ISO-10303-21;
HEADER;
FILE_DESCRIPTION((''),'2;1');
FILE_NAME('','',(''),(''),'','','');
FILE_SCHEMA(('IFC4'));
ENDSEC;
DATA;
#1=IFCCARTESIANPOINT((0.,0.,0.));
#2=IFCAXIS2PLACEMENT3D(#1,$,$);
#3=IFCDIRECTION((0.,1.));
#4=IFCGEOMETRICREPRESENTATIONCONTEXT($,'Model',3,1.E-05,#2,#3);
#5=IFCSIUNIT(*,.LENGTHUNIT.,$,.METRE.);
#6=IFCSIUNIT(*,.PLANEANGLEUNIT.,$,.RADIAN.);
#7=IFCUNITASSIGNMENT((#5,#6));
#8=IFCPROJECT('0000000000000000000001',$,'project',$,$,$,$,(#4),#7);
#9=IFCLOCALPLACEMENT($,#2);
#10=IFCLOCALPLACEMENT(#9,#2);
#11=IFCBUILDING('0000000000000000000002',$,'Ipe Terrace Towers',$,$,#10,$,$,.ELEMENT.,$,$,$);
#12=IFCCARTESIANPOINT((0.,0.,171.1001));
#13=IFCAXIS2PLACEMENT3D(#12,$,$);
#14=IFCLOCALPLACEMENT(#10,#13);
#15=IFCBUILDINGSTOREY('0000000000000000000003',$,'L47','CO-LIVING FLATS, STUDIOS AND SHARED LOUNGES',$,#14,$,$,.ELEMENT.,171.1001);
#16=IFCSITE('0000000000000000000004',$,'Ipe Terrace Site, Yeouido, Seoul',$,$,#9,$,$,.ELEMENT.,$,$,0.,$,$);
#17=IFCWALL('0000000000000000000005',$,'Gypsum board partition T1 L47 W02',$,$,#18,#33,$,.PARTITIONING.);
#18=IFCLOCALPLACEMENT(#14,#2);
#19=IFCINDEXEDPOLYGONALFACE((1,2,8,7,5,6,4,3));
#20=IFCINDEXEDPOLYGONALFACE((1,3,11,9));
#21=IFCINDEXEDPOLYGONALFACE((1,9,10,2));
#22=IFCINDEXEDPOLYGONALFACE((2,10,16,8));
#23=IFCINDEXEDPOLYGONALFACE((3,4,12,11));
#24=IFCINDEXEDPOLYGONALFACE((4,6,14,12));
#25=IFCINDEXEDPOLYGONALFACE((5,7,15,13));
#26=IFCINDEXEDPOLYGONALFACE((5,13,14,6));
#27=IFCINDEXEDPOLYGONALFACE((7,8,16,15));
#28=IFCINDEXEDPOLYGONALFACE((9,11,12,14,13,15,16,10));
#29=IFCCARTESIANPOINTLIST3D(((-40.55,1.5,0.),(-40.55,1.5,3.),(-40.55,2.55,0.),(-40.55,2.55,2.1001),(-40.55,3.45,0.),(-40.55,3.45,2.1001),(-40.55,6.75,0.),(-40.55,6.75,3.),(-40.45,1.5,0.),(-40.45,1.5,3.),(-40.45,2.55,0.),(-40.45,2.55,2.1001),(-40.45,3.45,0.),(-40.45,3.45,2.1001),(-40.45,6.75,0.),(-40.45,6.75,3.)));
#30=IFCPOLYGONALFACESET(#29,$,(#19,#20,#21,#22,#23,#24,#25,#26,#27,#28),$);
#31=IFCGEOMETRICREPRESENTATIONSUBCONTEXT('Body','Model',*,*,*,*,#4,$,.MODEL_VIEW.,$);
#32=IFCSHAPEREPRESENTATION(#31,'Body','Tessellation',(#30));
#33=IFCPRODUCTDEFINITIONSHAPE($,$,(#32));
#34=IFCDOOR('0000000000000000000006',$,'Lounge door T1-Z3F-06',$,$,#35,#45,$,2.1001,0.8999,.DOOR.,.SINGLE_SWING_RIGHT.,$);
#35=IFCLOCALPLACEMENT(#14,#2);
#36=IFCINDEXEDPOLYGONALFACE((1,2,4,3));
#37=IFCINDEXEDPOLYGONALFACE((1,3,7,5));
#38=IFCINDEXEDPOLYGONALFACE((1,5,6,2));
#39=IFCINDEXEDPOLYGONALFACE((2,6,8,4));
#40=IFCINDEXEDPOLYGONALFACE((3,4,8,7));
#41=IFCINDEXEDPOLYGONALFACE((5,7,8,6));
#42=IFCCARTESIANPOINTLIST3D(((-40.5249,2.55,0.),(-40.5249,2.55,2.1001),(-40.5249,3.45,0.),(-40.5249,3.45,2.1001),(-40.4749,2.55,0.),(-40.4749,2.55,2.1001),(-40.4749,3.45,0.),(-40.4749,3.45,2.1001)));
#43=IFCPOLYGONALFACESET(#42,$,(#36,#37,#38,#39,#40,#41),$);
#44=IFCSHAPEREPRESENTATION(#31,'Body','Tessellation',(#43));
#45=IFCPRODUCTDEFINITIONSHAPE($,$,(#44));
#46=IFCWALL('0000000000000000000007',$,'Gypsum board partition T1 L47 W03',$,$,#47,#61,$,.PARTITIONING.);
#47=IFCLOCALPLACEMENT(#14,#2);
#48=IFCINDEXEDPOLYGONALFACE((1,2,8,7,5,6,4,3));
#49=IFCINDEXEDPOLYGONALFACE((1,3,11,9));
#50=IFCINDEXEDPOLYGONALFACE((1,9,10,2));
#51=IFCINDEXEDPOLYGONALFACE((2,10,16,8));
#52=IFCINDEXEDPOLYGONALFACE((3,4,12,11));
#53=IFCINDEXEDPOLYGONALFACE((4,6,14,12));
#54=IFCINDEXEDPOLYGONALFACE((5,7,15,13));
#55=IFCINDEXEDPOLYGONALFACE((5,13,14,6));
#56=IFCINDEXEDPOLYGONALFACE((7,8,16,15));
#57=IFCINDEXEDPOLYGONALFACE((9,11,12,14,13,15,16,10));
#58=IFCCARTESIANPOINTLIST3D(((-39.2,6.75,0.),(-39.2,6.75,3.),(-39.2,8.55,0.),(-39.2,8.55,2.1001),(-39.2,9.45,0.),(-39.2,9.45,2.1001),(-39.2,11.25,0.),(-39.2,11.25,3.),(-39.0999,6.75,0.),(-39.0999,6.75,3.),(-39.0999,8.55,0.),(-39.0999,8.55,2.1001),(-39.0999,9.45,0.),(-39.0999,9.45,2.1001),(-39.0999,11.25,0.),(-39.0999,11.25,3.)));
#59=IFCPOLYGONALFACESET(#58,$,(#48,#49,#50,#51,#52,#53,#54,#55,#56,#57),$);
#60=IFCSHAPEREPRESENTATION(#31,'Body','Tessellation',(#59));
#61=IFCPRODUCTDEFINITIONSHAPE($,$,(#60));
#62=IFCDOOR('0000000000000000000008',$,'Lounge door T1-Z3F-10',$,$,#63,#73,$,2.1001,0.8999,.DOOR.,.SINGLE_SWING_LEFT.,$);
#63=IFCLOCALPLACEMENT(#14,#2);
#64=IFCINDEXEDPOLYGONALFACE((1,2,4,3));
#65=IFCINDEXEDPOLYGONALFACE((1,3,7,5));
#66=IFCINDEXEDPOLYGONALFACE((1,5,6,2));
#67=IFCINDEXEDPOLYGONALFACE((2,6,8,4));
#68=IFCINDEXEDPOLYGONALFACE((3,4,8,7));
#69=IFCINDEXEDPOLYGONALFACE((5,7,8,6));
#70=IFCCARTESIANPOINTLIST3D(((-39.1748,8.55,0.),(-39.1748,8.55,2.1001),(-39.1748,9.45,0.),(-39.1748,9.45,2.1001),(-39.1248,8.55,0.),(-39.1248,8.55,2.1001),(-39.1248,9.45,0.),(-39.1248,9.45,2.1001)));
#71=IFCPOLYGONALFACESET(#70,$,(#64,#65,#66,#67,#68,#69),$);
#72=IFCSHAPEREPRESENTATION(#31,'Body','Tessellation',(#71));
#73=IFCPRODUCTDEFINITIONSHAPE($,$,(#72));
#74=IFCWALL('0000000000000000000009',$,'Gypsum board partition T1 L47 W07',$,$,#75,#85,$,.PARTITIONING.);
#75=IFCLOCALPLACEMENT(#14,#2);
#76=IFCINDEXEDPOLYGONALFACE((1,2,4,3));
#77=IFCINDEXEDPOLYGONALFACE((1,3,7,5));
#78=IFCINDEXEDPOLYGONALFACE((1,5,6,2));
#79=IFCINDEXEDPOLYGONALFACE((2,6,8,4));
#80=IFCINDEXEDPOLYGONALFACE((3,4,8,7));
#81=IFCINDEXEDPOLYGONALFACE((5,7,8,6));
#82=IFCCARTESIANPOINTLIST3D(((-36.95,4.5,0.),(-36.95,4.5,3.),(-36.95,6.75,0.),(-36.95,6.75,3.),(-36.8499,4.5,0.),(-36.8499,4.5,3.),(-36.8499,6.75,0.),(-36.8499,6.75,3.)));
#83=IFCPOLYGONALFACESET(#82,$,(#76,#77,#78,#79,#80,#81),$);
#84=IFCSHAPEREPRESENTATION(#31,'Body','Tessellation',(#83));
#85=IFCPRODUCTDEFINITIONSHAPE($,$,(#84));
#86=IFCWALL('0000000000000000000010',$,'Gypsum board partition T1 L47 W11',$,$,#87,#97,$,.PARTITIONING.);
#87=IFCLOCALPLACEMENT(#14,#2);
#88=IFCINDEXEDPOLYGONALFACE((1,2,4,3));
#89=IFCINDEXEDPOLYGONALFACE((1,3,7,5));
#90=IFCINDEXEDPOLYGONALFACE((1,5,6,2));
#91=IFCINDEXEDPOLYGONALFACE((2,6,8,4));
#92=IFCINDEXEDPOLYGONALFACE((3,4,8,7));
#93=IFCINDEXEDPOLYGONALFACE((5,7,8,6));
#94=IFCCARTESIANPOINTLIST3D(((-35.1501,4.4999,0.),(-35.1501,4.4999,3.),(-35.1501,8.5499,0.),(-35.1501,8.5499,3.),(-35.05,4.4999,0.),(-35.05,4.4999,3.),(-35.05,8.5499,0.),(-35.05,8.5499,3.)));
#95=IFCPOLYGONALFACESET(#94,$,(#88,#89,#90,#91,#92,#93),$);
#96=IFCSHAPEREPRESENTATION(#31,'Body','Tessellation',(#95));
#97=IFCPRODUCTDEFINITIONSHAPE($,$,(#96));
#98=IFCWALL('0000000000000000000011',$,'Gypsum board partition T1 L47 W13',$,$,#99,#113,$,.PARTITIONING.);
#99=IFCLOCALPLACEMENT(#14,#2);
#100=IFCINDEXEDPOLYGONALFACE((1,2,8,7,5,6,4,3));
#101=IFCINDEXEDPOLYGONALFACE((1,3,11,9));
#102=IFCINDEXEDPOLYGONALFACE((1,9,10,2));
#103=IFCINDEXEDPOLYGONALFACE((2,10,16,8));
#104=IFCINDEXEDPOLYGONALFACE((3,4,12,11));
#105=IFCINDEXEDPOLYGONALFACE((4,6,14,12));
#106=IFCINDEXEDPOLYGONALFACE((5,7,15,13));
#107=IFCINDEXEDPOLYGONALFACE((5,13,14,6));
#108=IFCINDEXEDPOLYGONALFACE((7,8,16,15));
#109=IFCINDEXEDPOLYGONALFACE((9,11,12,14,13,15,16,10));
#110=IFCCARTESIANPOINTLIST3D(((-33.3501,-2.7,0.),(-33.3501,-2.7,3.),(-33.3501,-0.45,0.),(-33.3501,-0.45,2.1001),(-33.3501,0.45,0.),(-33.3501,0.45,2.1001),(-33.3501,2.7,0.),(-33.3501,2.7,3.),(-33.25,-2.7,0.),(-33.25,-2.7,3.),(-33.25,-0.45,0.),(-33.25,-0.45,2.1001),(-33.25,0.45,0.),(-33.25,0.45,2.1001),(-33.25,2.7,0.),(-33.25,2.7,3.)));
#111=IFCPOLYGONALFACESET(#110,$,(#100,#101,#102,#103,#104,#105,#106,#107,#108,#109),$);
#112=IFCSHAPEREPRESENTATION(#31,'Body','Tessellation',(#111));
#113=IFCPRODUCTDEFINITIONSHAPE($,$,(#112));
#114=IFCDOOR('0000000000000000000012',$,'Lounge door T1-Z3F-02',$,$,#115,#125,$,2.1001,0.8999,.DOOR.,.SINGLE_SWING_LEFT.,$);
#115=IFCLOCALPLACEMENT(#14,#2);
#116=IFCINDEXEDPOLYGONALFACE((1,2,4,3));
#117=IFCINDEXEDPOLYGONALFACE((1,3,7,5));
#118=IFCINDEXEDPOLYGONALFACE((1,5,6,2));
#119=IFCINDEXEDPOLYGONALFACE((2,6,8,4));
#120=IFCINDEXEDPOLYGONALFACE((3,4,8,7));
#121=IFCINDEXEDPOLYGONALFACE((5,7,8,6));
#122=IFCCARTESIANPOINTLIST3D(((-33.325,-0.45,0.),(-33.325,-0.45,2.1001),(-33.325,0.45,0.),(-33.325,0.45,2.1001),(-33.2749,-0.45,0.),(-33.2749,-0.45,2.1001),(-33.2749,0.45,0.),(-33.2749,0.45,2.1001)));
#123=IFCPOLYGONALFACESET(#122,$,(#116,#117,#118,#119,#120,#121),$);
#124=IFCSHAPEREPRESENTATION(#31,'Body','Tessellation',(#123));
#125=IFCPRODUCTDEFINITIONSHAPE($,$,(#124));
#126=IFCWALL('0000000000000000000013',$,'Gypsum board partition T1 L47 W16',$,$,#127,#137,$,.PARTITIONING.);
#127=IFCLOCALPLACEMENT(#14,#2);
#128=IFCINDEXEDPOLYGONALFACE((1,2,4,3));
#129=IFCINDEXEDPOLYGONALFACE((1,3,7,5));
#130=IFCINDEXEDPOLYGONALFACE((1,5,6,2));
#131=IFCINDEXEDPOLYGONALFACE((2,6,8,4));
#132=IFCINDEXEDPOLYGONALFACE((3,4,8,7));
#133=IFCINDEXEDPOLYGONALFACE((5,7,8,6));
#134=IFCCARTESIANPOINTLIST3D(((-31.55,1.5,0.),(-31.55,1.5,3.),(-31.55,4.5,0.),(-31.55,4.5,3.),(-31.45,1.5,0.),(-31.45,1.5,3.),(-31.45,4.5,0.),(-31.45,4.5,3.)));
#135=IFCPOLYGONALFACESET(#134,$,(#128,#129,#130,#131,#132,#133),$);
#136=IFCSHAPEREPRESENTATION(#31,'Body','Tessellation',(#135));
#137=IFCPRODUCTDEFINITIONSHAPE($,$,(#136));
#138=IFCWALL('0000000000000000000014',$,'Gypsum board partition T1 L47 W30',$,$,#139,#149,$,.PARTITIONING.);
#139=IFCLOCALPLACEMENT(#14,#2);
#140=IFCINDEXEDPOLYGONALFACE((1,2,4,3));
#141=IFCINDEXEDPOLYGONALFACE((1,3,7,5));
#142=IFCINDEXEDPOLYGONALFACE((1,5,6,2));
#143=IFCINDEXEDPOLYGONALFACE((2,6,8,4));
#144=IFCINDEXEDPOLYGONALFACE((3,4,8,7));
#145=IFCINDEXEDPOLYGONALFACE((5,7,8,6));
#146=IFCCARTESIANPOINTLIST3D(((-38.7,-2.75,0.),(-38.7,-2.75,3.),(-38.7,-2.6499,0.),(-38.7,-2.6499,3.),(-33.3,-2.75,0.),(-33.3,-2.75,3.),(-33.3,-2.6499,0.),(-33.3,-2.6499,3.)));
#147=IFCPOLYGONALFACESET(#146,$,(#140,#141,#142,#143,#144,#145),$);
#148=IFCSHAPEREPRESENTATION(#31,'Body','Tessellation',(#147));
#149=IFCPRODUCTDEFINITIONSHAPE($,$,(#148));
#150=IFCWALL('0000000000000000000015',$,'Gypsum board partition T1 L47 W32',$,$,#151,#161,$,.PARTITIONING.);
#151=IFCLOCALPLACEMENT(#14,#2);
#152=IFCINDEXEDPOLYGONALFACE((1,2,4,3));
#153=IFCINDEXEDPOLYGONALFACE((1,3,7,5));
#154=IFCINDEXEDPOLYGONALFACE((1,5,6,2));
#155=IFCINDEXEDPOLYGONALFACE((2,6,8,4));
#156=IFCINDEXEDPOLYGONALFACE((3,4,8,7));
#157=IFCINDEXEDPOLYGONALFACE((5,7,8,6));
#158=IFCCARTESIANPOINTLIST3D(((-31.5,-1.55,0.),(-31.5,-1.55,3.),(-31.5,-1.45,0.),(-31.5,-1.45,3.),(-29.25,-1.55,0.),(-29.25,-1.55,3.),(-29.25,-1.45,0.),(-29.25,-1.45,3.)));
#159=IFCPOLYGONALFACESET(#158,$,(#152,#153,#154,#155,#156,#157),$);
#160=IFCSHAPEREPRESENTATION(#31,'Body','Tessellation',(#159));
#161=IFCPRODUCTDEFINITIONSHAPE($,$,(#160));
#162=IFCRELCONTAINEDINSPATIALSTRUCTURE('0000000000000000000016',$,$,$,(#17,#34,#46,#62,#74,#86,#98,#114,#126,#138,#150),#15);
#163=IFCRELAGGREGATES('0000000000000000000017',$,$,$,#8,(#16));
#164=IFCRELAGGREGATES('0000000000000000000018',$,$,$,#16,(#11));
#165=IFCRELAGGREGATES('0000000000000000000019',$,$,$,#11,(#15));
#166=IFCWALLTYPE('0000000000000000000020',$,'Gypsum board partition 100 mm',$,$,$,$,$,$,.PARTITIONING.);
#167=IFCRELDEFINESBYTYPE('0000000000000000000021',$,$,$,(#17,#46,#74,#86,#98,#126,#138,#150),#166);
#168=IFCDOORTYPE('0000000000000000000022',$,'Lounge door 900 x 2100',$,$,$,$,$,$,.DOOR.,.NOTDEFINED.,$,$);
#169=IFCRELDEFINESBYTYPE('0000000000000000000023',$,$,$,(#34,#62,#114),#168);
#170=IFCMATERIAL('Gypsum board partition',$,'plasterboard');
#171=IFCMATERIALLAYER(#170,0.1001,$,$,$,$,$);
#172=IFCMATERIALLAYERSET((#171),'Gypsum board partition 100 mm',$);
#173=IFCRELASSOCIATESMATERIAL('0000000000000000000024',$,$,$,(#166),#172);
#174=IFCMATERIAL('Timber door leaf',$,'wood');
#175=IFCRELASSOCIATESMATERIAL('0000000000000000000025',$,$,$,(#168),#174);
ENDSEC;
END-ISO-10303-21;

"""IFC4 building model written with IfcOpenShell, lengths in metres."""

from ifc_helpers import new_model, si_unit, direction, frame, frame_2d, origin, place, context, subcontext, project, spatial, rectangle, extrude, material, layer, layer_set, type_object, element, fill, save


model = new_model("IFC4")

# Units and contexts
model_context = context("Model", 3, precision=1e-05, world=origin(), true_north=direction((0.0, 1.0)))
body_context = subcontext(model_context, "Body", "Model", "MODEL_VIEW")
ifc_project = project(units=[si_unit("LENGTHUNIT", "METRE"), si_unit("PLANEANGLEUNIT", "RADIAN")], contexts=[model_context])

# Site, building, storey
site_placement = place(None, origin())
site = spatial("IfcSite", under=ifc_project, at=site_placement, Name="Ipe Terrace Site, Yeouido, Seoul", CompositionType="ELEMENT", RefElevation=0.0)
building_placement = place(site_placement, origin())
building = spatial("IfcBuilding", under=site, at=building_placement, Name="Ipe Terrace Towers", CompositionType="ELEMENT")
storey_placement = place(building_placement, frame((0.0, 0.0, 171.1001)))
storey = spatial("IfcBuildingStorey", under=building, at=storey_placement, Name="L47", Description="CO-LIVING FLATS, STUDIOS AND SHARED LOUNGES", CompositionType="ELEMENT", Elevation=171.1001)

# Walls, openings, doors
ifc_material_1 = material(Name="Gypsum board partition", Category="plasterboard")
ifc_layer = layer(ifc_material_1, 0.1001)
ifc_layer_set = layer_set([ifc_layer], Name="Gypsum board partition 100 mm")
wall_type = type_object("IfcWallType", Name="Gypsum board partition 100 mm", PredefinedType="PARTITIONING", material=ifc_layer_set)
wall_1_placement = place(storey_placement, frame((-40.5, 1.5, 0.0), z_axis=(0.0, 0.0, 1.0), x_axis=(0.0, 1.0, 0.0)))
wall_1 = element("IfcWall", 1, at=wall_1_placement, inside=storey, type_object=wall_type, Name="Gypsum board partition T1 L47 W02", PredefinedType="PARTITIONING", context=body_context, shape_type="SweptSolid", body=[
    extrude(rectangle(XDim=5.25, YDim=0.1001, at=frame_2d((2.625, 0.0))), origin(), (0.0, 0.0, 1.0), 3.0),
])
opening_1_placement = place(wall_1_placement, frame((1.05, 0.0, 0.0)))
opening_1 = element("IfcOpeningElement", 2, at=opening_1_placement, cuts=wall_1, PredefinedType="OPENING", context=body_context, shape_type="SweptSolid", body=[
    extrude(rectangle(XDim=0.8999, YDim=2.1001, at=frame_2d((0.45, 1.05))), frame((0.0, 0.0601, 0.0), z_axis=(0.0, -1.0, 0.0), x_axis=(1.0, 0.0, 0.0)), (0.0, 0.0, 1.0), 0.1201),
])
ifc_material_2 = material(Name="Timber door leaf", Category="wood")
door_type_1 = type_object("IfcDoorType", Name="Lounge door 900 x 2100", OperationType="NOTDEFINED", PredefinedType="DOOR", material=ifc_material_2)
door_1_placement = place(opening_1_placement, origin())
door_1 = element("IfcDoor", 3, at=door_1_placement, inside=storey, type_object=door_type_1, Name="Lounge door T1-Z3F-06", OperationType="SINGLE_SWING_RIGHT", OverallHeight=2.1001, OverallWidth=0.8999, PredefinedType="DOOR", context=body_context, shape_type="SweptSolid", body=[
    extrude(rectangle(XDim=0.8999, YDim=2.1001, at=frame_2d((0.45, 1.05))), frame((0.0, 0.0249, 0.0), z_axis=(0.0, -1.0, 0.0), x_axis=(1.0, 0.0, 0.0)), (0.0, 0.0, 1.0), 0.05),
])
fill(opening_1, door_1)
wall_2_placement = place(storey_placement, frame((-39.1499, 6.75, 0.0), z_axis=(0.0, 0.0, 1.0), x_axis=(0.0, 1.0, 0.0)))
wall_2 = element("IfcWall", 4, at=wall_2_placement, inside=storey, type_object=wall_type, Name="Gypsum board partition T1 L47 W03", PredefinedType="PARTITIONING", context=body_context, shape_type="SweptSolid", body=[
    extrude(rectangle(XDim=4.5, YDim=0.1001, at=frame_2d((2.25, 0.0))), origin(), (0.0, 0.0, 1.0), 3.0),
])
opening_2_placement = place(wall_2_placement, frame((1.8, 0.0, 0.0)))
opening_2 = element("IfcOpeningElement", 5, at=opening_2_placement, cuts=wall_2, PredefinedType="OPENING", context=body_context, shape_type="SweptSolid", body=[
    extrude(rectangle(XDim=0.8999, YDim=2.1001, at=frame_2d((0.45, 1.05))), frame((0.0, 0.0601, 0.0), z_axis=(0.0, -1.0, 0.0), x_axis=(1.0, 0.0, 0.0)), (0.0, 0.0, 1.0), 0.1201),
])
door_2_placement = place(opening_2_placement, origin())
door_2 = element("IfcDoor", 6, at=door_2_placement, inside=storey, type_object=door_type_1, Name="Lounge door T1-Z3F-10", OperationType="SINGLE_SWING_LEFT", OverallHeight=2.1001, OverallWidth=0.8999, PredefinedType="DOOR", context=body_context, shape_type="SweptSolid", body=[
    extrude(rectangle(XDim=0.8999, YDim=2.1001, at=frame_2d((0.45, 1.05))), frame((0.0, 0.0249, 0.0), z_axis=(0.0, -1.0, 0.0), x_axis=(1.0, 0.0, 0.0)), (0.0, 0.0, 1.0), 0.05),
])
fill(opening_2, door_2)

# Walls
wall_3_placement = place(storey_placement, frame((-36.8999, 4.5, 0.0), z_axis=(0.0, 0.0, 1.0), x_axis=(0.0, 1.0, 0.0)))
element("IfcWall", 7, at=wall_3_placement, inside=storey, type_object=wall_type, Name="Gypsum board partition T1 L47 W07", PredefinedType="PARTITIONING", context=body_context, shape_type="SweptSolid", body=[
    extrude(rectangle(XDim=2.25, YDim=0.1001, at=frame_2d((1.125, 0.0))), origin(), (0.0, 0.0, 1.0), 3.0),
])
wall_4_placement = place(storey_placement, frame((-35.1001, 4.5, 0.0), z_axis=(0.0, 0.0, 1.0), x_axis=(0.0, 1.0, 0.0)))
element("IfcWall", 8, at=wall_4_placement, inside=storey, type_object=wall_type, Name="Gypsum board partition T1 L47 W11", PredefinedType="PARTITIONING", context=body_context, shape_type="SweptSolid", body=[
    extrude(rectangle(XDim=4.05, YDim=0.1001, at=frame_2d((2.0249, 0.0))), origin(), (0.0, 0.0, 1.0), 3.0),
])

# Wall, opening, door
wall_5_placement = place(storey_placement, frame((-33.3, -2.7, 0.0), z_axis=(0.0, 0.0, 1.0), x_axis=(0.0, 1.0, 0.0)))
wall_5 = element("IfcWall", 9, at=wall_5_placement, inside=storey, type_object=wall_type, Name="Gypsum board partition T1 L47 W13", PredefinedType="PARTITIONING", context=body_context, shape_type="SweptSolid", body=[
    extrude(rectangle(XDim=5.3999, YDim=0.1001, at=frame_2d((2.7, 0.0))), origin(), (0.0, 0.0, 1.0), 3.0),
])
opening_3_placement = place(wall_5_placement, frame((2.25, 0.0, 0.0)))
opening_3 = element("IfcOpeningElement", 10, at=opening_3_placement, cuts=wall_5, PredefinedType="OPENING", context=body_context, shape_type="SweptSolid", body=[
    extrude(rectangle(XDim=0.8999, YDim=2.1001, at=frame_2d((0.45, 1.05))), frame((0.0, 0.0601, 0.0), z_axis=(0.0, -1.0, 0.0), x_axis=(1.0, 0.0, 0.0)), (0.0, 0.0, 1.0), 0.1201),
])
door_3_placement = place(opening_3_placement, origin())
door_3 = element("IfcDoor", 11, at=door_3_placement, inside=storey, type_object=door_type_1, Name="Lounge door T1-Z3F-02", OperationType="SINGLE_SWING_LEFT", OverallHeight=2.1001, OverallWidth=0.8999, PredefinedType="DOOR", context=body_context, shape_type="SweptSolid", body=[
    extrude(rectangle(XDim=0.8999, YDim=2.1001, at=frame_2d((0.45, 1.05))), frame((0.0, 0.0249, 0.0), z_axis=(0.0, -1.0, 0.0), x_axis=(1.0, 0.0, 0.0)), (0.0, 0.0, 1.0), 0.05),
])
fill(opening_3, door_3)

# Walls
wall_6_placement = place(storey_placement, frame((-31.5, 1.5, 0.0), z_axis=(0.0, 0.0, 1.0), x_axis=(0.0, 1.0, 0.0)))
element("IfcWall", 12, at=wall_6_placement, inside=storey, type_object=wall_type, Name="Gypsum board partition T1 L47 W16", PredefinedType="PARTITIONING", context=body_context, shape_type="SweptSolid", body=[
    extrude(rectangle(XDim=3.0, YDim=0.1001, at=frame_2d((1.5, 0.0))), origin(), (0.0, 0.0, 1.0), 3.0),
])
wall_7_placement = place(storey_placement, frame((-38.7, -2.7, 0.0), z_axis=(0.0, 0.0, 1.0), x_axis=(1.0, 0.0, 0.0)))
element("IfcWall", 13, at=wall_7_placement, inside=storey, type_object=wall_type, Name="Gypsum board partition T1 L47 W30", PredefinedType="PARTITIONING", context=body_context, shape_type="SweptSolid", body=[
    extrude(rectangle(XDim=5.3999, YDim=0.1001, at=frame_2d((2.7, 0.0))), origin(), (0.0, 0.0, 1.0), 3.0),
])
wall_8_placement = place(storey_placement, frame((-31.5, -1.5, 0.0), z_axis=(0.0, 0.0, 1.0), x_axis=(1.0, 0.0, 0.0)))
element("IfcWall", 14, at=wall_8_placement, inside=storey, type_object=wall_type, Name="Gypsum board partition T1 L47 W32", PredefinedType="PARTITIONING", context=body_context, shape_type="SweptSolid", body=[
    extrude(rectangle(XDim=2.25, YDim=0.1001, at=frame_2d((1.125, 0.0))), origin(), (0.0, 0.0, 1.0), 3.0),
])

save(model, "model.ifc")
